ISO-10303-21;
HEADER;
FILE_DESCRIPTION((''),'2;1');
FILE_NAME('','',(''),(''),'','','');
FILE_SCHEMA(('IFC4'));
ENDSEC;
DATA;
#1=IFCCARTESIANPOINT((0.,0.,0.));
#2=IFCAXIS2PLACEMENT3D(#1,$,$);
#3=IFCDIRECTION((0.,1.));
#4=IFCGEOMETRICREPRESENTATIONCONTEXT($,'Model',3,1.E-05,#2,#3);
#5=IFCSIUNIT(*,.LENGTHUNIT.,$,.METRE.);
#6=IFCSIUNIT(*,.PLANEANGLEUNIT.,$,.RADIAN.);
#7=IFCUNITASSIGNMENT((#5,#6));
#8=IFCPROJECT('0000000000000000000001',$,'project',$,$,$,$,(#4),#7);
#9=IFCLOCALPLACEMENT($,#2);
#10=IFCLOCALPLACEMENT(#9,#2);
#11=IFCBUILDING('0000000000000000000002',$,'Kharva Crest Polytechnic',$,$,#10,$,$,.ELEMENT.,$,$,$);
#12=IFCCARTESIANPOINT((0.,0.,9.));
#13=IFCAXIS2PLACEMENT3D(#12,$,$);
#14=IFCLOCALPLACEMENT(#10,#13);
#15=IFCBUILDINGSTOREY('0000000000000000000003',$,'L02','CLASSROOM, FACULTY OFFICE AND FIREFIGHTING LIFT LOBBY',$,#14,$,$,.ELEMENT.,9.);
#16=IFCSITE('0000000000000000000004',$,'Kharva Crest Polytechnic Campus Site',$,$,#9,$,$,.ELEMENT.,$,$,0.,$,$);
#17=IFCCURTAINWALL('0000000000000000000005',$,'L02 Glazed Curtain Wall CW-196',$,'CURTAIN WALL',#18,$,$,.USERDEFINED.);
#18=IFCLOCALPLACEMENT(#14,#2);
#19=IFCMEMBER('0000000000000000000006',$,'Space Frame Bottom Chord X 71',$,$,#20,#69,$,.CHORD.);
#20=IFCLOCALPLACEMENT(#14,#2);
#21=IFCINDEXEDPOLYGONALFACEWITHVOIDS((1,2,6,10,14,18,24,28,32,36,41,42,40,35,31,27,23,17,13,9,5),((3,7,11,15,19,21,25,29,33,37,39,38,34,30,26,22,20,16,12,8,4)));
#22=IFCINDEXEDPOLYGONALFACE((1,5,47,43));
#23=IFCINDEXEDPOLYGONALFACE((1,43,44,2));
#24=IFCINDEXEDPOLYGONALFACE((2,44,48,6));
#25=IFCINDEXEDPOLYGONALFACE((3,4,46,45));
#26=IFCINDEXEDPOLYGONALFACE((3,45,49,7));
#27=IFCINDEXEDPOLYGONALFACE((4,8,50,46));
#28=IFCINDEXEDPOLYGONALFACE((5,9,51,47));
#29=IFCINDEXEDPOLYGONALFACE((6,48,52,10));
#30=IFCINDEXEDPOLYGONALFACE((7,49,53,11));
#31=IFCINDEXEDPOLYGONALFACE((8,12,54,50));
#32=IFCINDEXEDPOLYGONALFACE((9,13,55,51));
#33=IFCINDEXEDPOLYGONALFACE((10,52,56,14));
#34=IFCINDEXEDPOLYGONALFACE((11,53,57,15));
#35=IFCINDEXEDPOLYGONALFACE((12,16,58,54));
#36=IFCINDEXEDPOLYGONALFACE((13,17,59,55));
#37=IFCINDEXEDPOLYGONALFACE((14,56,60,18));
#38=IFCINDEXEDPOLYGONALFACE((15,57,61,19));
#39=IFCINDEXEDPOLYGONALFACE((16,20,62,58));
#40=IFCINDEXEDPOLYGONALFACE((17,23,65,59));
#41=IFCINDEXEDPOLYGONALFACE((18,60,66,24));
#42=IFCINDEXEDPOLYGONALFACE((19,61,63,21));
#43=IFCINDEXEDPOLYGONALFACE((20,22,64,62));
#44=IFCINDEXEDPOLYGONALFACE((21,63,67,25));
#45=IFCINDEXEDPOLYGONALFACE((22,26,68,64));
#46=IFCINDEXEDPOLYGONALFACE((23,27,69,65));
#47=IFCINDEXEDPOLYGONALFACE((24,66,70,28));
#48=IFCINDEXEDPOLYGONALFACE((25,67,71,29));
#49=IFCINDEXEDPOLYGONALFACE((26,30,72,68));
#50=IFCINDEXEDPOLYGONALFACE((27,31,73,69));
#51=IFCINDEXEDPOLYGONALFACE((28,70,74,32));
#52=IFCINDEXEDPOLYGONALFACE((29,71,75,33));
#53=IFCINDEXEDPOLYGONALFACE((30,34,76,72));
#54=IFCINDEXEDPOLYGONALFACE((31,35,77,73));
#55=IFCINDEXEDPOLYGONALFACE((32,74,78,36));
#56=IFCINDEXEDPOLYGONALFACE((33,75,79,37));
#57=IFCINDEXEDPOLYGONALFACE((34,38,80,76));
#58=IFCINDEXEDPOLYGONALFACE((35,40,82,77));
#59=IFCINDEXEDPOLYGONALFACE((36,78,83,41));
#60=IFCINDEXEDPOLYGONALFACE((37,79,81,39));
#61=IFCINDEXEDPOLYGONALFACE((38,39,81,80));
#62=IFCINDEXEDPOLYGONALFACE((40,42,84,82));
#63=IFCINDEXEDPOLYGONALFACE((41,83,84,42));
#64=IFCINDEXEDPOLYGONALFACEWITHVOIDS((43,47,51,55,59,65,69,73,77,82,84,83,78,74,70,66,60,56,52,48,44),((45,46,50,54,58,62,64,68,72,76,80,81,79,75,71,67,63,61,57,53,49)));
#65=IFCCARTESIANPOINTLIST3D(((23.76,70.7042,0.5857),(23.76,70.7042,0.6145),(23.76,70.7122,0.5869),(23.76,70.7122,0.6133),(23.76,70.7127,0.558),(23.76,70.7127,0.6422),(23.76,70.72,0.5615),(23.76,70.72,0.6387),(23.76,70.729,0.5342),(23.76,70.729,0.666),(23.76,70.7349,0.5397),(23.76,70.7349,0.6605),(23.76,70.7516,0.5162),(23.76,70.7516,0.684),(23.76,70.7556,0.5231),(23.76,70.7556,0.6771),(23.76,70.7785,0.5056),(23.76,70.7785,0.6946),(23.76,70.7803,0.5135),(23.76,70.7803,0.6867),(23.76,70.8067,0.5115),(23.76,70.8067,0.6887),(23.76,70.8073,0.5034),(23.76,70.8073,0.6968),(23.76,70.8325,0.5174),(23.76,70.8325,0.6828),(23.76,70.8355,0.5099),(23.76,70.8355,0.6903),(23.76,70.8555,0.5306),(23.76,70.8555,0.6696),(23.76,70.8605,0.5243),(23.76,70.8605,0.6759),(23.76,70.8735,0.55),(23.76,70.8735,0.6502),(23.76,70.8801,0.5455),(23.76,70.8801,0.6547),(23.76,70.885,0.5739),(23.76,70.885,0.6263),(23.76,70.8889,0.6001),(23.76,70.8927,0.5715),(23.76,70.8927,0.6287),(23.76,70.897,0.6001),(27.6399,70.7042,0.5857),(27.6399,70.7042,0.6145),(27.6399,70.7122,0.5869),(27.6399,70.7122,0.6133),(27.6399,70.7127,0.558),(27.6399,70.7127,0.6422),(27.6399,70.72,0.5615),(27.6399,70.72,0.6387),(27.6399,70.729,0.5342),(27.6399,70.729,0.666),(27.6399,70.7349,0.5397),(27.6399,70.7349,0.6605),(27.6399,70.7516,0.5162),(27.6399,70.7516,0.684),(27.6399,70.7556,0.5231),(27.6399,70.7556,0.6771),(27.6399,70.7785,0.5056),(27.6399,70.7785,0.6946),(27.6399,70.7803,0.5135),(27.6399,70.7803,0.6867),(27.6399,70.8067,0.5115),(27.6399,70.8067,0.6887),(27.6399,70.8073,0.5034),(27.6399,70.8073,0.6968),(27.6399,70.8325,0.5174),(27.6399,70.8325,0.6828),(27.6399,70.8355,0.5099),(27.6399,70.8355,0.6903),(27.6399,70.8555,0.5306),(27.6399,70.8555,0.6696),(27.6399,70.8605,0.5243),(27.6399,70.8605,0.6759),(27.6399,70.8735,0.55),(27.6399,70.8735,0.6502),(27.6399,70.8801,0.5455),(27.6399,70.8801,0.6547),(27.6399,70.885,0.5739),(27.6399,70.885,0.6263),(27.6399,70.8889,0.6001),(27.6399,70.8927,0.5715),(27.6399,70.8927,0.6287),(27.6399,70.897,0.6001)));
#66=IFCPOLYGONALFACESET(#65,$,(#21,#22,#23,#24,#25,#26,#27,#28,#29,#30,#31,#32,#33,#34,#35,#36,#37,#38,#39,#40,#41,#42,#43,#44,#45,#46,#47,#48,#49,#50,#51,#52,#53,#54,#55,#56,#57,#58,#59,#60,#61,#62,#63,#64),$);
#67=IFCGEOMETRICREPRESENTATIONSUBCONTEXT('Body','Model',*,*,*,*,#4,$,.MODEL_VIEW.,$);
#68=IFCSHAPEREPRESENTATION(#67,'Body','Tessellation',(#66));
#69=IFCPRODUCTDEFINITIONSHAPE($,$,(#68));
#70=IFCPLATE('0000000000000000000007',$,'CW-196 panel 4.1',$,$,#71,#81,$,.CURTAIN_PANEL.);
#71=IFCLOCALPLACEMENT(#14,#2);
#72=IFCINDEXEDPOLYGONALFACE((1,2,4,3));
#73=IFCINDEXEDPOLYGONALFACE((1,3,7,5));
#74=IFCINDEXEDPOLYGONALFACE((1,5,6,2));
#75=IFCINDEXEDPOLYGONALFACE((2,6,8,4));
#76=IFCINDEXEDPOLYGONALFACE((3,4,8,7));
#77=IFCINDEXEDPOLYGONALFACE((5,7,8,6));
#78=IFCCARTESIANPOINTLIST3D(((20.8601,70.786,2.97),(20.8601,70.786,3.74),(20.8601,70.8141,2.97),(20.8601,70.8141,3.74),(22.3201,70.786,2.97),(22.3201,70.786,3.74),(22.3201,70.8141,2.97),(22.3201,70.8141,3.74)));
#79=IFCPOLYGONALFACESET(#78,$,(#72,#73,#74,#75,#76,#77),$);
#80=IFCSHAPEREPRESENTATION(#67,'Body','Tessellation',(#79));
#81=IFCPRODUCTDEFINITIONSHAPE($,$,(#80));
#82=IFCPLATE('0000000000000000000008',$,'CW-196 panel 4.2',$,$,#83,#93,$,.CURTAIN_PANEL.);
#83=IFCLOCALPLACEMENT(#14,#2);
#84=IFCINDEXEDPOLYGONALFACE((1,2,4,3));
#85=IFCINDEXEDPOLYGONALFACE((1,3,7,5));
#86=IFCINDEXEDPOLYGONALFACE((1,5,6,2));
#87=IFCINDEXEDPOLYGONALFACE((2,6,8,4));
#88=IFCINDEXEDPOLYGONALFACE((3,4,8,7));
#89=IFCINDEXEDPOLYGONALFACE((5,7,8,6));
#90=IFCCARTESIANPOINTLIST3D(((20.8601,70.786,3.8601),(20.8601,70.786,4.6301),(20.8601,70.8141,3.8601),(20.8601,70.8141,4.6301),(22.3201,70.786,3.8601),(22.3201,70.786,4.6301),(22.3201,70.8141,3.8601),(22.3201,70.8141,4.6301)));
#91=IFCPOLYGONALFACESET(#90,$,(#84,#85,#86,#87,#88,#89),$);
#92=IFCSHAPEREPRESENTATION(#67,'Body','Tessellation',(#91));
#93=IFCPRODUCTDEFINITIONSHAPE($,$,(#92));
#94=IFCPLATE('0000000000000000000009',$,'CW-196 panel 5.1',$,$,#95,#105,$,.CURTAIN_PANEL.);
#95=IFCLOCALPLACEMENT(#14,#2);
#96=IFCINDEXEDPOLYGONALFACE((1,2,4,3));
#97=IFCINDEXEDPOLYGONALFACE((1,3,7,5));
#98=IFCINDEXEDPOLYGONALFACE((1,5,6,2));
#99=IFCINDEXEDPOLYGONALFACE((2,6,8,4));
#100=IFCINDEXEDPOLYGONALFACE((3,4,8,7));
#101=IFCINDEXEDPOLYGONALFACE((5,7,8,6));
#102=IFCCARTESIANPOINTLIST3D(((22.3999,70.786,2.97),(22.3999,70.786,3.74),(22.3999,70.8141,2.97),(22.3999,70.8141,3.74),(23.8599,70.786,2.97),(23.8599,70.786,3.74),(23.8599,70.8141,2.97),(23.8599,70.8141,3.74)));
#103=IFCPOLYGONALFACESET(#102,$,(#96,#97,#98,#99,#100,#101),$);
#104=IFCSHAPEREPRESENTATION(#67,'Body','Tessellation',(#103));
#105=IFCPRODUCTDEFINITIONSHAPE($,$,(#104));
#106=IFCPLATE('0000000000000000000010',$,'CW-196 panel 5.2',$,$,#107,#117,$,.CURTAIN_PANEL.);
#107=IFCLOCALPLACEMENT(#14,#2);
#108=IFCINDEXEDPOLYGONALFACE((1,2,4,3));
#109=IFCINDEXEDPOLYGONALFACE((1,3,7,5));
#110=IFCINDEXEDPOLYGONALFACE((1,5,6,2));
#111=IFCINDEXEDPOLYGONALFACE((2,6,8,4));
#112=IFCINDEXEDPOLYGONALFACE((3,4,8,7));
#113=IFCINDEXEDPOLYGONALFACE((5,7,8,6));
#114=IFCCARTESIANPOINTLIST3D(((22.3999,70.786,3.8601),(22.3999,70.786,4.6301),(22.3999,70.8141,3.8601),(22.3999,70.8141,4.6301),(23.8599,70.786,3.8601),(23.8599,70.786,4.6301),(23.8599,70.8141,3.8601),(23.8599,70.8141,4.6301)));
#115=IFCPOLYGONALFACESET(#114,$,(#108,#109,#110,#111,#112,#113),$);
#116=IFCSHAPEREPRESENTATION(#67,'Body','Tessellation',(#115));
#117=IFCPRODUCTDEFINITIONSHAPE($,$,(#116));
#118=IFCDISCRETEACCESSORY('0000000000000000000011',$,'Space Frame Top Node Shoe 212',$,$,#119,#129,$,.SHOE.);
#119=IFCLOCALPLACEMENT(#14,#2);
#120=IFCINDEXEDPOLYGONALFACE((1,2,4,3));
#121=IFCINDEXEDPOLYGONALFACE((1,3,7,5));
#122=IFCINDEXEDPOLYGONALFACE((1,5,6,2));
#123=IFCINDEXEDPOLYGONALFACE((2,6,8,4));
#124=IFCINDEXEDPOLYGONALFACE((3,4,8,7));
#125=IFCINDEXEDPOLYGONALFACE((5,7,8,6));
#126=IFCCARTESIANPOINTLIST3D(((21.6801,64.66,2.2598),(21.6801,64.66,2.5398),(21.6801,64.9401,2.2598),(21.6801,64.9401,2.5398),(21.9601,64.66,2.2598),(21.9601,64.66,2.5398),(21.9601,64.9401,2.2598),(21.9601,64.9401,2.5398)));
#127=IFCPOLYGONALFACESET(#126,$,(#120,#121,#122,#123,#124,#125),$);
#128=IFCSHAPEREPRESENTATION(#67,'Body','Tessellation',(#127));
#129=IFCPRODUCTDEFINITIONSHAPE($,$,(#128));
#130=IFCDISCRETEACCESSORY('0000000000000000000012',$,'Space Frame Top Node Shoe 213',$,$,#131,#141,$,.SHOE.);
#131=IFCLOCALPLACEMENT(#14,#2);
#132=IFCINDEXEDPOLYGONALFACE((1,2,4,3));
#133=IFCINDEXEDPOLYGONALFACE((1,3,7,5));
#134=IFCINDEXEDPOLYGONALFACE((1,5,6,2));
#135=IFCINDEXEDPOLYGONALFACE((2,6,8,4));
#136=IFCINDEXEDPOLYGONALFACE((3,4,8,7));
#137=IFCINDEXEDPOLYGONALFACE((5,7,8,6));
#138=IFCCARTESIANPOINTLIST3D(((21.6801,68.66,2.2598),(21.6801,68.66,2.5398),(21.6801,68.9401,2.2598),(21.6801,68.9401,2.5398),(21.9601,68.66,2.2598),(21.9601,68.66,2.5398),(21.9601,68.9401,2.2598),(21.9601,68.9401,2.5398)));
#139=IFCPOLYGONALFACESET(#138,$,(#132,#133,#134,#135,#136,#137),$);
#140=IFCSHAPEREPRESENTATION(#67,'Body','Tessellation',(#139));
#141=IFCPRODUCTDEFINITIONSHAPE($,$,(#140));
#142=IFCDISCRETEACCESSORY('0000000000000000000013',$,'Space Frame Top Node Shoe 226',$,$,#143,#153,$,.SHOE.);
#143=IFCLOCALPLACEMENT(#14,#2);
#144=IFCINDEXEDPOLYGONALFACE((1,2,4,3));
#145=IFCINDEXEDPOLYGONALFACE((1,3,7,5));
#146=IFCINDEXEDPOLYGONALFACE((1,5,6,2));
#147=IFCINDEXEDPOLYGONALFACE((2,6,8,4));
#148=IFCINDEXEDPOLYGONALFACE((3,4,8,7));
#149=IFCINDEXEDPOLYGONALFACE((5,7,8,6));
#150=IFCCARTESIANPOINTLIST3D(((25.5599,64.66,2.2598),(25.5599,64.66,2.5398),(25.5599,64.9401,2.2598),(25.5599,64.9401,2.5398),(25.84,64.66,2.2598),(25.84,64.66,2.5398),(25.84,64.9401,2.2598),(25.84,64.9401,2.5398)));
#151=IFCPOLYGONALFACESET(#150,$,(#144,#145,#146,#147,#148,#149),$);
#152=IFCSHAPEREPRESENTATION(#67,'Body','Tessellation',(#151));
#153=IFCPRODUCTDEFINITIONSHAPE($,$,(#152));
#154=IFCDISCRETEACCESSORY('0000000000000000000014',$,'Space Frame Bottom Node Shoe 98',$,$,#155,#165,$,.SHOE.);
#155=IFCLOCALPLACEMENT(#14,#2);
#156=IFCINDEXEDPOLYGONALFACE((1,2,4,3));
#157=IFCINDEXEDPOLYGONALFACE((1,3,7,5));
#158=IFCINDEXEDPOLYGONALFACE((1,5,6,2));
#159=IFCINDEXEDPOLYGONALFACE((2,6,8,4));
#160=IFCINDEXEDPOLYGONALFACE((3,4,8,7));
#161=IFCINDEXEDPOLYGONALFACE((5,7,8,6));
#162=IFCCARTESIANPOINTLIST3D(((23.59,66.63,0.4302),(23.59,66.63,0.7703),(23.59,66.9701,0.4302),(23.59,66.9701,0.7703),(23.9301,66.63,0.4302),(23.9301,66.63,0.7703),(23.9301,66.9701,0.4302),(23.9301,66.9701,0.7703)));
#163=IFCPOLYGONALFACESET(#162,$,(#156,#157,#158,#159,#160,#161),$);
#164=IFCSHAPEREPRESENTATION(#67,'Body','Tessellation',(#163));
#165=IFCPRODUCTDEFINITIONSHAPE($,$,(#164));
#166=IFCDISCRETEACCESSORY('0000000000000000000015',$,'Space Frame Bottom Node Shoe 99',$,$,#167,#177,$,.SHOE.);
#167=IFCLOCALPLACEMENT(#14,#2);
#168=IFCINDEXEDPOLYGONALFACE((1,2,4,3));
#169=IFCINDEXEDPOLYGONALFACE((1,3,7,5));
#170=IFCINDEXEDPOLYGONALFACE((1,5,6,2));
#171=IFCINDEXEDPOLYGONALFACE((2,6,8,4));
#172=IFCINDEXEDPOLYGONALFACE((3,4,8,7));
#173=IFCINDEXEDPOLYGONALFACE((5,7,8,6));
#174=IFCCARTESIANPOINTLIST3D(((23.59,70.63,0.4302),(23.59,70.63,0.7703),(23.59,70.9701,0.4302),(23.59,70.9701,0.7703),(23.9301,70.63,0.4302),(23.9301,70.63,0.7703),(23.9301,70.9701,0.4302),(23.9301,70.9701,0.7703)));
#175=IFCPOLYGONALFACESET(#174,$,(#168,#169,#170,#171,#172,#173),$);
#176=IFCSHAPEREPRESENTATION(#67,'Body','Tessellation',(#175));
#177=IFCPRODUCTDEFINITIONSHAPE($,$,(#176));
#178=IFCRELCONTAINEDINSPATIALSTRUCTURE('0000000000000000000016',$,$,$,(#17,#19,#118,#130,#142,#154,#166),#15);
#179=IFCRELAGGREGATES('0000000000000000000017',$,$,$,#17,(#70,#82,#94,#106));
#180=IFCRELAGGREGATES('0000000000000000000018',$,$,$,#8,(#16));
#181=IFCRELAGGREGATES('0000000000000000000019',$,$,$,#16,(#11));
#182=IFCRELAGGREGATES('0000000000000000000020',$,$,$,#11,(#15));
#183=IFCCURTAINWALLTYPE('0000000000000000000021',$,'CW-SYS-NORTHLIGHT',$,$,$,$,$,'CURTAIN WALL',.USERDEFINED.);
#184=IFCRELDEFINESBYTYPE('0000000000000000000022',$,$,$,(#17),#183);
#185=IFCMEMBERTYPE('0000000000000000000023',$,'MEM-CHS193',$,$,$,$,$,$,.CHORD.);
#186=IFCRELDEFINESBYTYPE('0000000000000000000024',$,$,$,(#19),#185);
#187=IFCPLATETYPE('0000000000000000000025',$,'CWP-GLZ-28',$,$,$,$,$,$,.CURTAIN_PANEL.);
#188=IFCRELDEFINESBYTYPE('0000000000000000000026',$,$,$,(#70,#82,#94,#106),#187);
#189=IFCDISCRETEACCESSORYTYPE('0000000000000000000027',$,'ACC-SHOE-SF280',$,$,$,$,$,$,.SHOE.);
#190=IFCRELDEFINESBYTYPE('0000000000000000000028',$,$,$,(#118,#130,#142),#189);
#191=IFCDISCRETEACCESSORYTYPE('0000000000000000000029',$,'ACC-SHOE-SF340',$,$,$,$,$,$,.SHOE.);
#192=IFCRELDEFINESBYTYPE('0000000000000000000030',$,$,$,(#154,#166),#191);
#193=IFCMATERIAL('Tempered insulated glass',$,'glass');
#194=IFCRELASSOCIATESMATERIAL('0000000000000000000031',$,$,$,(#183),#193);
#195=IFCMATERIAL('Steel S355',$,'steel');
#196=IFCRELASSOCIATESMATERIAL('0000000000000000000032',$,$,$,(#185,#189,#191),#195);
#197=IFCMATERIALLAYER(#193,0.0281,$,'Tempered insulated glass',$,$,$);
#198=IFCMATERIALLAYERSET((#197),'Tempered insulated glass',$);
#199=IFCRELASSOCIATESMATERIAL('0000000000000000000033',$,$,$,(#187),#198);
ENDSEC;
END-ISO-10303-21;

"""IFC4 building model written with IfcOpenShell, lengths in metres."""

from ifc_helpers import new_model, si_unit, direction, frame, origin, origin_2d, place, context, subcontext, project, spatial, rectangle, hollow_circle, extrude, material, layer, layer_set, material_profile, profile_set, type_object, element, aggregate, save


model = new_model("IFC4")

# Units and contexts
model_context = context("Model", 3, precision=1e-05, world=origin(), true_north=direction((0.0, 1.0)))
body_context = subcontext(model_context, "Body", "Model", "MODEL_VIEW")
ifc_project = project(units=[si_unit("LENGTHUNIT", "METRE"), si_unit("PLANEANGLEUNIT", "RADIAN")], contexts=[model_context])

# Site, building, storey
site_placement = place(None, origin())
site = spatial("IfcSite", under=ifc_project, at=site_placement, Name="Kharva Crest Polytechnic Campus Site", CompositionType="ELEMENT", RefElevation=0.0)
building_placement = place(site_placement, origin())
building = spatial("IfcBuilding", under=site, at=building_placement, Name="Kharva Crest Polytechnic", CompositionType="ELEMENT")
storey_placement = place(building_placement, frame((0.0, 0.0, 9.0)))
storey = spatial("IfcBuildingStorey", under=building, at=storey_placement, Name="L02", Description="CLASSROOM, FACULTY OFFICE AND FIREFIGHTING LIFT LOBBY", CompositionType="ELEMENT", Elevation=9.0)

# Curtain wall
ifc_material_1 = material(Name="Tempered insulated glass", Category="glass")
curtain_wall_type = type_object("IfcCurtainWallType", Name="CW-SYS-NORTHLIGHT", ElementType="CURTAIN WALL", PredefinedType="USERDEFINED", material=ifc_material_1)
curtain_wall_placement = place(storey_placement, origin())
curtain_wall = element("IfcCurtainWall", 1, at=curtain_wall_placement, inside=storey, type_object=curtain_wall_type, Name="L02 Glazed Curtain Wall CW-196", ObjectType="CURTAIN WALL", PredefinedType="USERDEFINED")
ifc_material_2 = material(Name="Steel S355", Category="steel")

# Member
ifc_material_profile_1 = material_profile(ifc_material_2, hollow_circle(Radius=0.0969, WallThickness=0.0081, at=origin_2d()), Name="CHS 193.7X8.0")
ifc_profile_set_1 = profile_set([ifc_material_profile_1], Name="Steel S355")
member_type_1 = type_object("IfcMemberType", Name="MEM-CHS193", PredefinedType="CHORD", material=ifc_profile_set_1)
for number, where, z_axis, x_axis, name in (
    (2, (23.76, 70.8, 0.6001), (1.0, 0.0, 0.0), (0.0, 1.0, 0.0), "Space Frame Bottom Chord X 71"),
):
    element("IfcMember", number, at=place(storey_placement, frame(where, z_axis=z_axis, x_axis=x_axis)), inside=storey, type_object=member_type_1, Name=name, PredefinedType="CHORD", context=body_context, shape_type="SweptSolid", body=[
        extrude(hollow_circle(Radius=0.0969, WallThickness=0.0081, at=origin_2d()), origin(), (0.0, 0.0, 1.0), 3.8799),
    ])

# Plates
ifc_layer = layer(ifc_material_1, 0.0281, Name="Tempered insulated glass")
ifc_layer_set = layer_set([ifc_layer], Name="Tempered insulated glass")
plate_type = type_object("IfcPlateType", Name="CWP-GLZ-28", PredefinedType="CURTAIN_PANEL", material=ifc_layer_set)
plate_1_placement = place(storey_placement, frame((21.5901, 70.8, 2.97), z_axis=(0.0, 0.0, 1.0), x_axis=(1.0, 0.0, 0.0)))
plate_1 = element("IfcPlate", 3, at=plate_1_placement, type_object=plate_type, Name="CW-196 panel 4.1", PredefinedType="CURTAIN_PANEL", context=body_context, shape_type="SweptSolid", body=[
    extrude(rectangle(XDim=1.46, YDim=0.0281, at=origin_2d()), origin(), (0.0, 0.0, 1.0), 0.77),
])
plate_2_placement = place(storey_placement, frame((21.5901, 70.8, 3.8601), z_axis=(0.0, 0.0, 1.0), x_axis=(1.0, 0.0, 0.0)))
plate_2 = element("IfcPlate", 4, at=plate_2_placement, type_object=plate_type, Name="CW-196 panel 4.2", PredefinedType="CURTAIN_PANEL", context=body_context, shape_type="SweptSolid", body=[
    extrude(rectangle(XDim=1.46, YDim=0.0281, at=origin_2d()), origin(), (0.0, 0.0, 1.0), 0.77),
])
plate_3_placement = place(storey_placement, frame((23.1299, 70.8, 2.97), z_axis=(0.0, 0.0, 1.0), x_axis=(1.0, 0.0, 0.0)))
plate_3 = element("IfcPlate", 5, at=plate_3_placement, type_object=plate_type, Name="CW-196 panel 5.1", PredefinedType="CURTAIN_PANEL", context=body_context, shape_type="SweptSolid", body=[
    extrude(rectangle(XDim=1.46, YDim=0.0281, at=origin_2d()), origin(), (0.0, 0.0, 1.0), 0.77),
])
plate_4_placement = place(storey_placement, frame((23.1299, 70.8, 3.8601), z_axis=(0.0, 0.0, 1.0), x_axis=(1.0, 0.0, 0.0)))
plate_4 = element("IfcPlate", 6, at=plate_4_placement, type_object=plate_type, Name="CW-196 panel 5.2", PredefinedType="CURTAIN_PANEL", context=body_context, shape_type="SweptSolid", body=[
    extrude(rectangle(XDim=1.46, YDim=0.0281, at=origin_2d()), origin(), (0.0, 0.0, 1.0), 0.77),
])
aggregate(curtain_wall, [plate_1, plate_2, plate_3, plate_4])

# Discrete accessories
discrete_accessory_type_1 = type_object("IfcDiscreteAccessoryType", Name="ACC-SHOE-SF280", PredefinedType="SHOE", material=ifc_material_2)
for number, where, z_axis, x_axis, name in (
    (7, (21.8201, 64.8, 2.2598), (0.0, 0.0, 1.0), (1.0, 0.0, 0.0), "Space Frame Top Node Shoe 212"),
    (8, (21.8201, 68.8, 2.2598), (0.0, 0.0, 1.0), (1.0, 0.0, 0.0), "Space Frame Top Node Shoe 213"),
    (9, (25.7, 64.8, 2.2598), (0.0, 0.0, 1.0), (1.0, 0.0, 0.0), "Space Frame Top Node Shoe 226"),
):
    element("IfcDiscreteAccessory", number, at=place(storey_placement, frame(where, z_axis=z_axis, x_axis=x_axis)), inside=storey, type_object=discrete_accessory_type_1, Name=name, PredefinedType="SHOE", context=body_context, shape_type="SweptSolid", body=[
        extrude(rectangle(XDim=0.28, YDim=0.28, at=origin_2d()), origin(), (0.0, 0.0, 1.0), 0.28),
    ])
discrete_accessory_type_2 = type_object("IfcDiscreteAccessoryType", Name="ACC-SHOE-SF340", PredefinedType="SHOE", material=ifc_material_2)
for number, where, z_axis, x_axis, name in (
    (10, (23.76, 66.8, 0.4302), (0.0, 0.0, 1.0), (1.0, 0.0, 0.0), "Space Frame Bottom Node Shoe 98"),
    (11, (23.76, 70.8, 0.4302), (0.0, 0.0, 1.0), (1.0, 0.0, 0.0), "Space Frame Bottom Node Shoe 99"),
):
    element("IfcDiscreteAccessory", number, at=place(storey_placement, frame(where, z_axis=z_axis, x_axis=x_axis)), inside=storey, type_object=discrete_accessory_type_2, Name=name, PredefinedType="SHOE", context=body_context, shape_type="SweptSolid", body=[
        extrude(rectangle(XDim=0.3401, YDim=0.3401, at=origin_2d()), origin(), (0.0, 0.0, 1.0), 0.3401),
    ])

save(model, "model.ifc")
